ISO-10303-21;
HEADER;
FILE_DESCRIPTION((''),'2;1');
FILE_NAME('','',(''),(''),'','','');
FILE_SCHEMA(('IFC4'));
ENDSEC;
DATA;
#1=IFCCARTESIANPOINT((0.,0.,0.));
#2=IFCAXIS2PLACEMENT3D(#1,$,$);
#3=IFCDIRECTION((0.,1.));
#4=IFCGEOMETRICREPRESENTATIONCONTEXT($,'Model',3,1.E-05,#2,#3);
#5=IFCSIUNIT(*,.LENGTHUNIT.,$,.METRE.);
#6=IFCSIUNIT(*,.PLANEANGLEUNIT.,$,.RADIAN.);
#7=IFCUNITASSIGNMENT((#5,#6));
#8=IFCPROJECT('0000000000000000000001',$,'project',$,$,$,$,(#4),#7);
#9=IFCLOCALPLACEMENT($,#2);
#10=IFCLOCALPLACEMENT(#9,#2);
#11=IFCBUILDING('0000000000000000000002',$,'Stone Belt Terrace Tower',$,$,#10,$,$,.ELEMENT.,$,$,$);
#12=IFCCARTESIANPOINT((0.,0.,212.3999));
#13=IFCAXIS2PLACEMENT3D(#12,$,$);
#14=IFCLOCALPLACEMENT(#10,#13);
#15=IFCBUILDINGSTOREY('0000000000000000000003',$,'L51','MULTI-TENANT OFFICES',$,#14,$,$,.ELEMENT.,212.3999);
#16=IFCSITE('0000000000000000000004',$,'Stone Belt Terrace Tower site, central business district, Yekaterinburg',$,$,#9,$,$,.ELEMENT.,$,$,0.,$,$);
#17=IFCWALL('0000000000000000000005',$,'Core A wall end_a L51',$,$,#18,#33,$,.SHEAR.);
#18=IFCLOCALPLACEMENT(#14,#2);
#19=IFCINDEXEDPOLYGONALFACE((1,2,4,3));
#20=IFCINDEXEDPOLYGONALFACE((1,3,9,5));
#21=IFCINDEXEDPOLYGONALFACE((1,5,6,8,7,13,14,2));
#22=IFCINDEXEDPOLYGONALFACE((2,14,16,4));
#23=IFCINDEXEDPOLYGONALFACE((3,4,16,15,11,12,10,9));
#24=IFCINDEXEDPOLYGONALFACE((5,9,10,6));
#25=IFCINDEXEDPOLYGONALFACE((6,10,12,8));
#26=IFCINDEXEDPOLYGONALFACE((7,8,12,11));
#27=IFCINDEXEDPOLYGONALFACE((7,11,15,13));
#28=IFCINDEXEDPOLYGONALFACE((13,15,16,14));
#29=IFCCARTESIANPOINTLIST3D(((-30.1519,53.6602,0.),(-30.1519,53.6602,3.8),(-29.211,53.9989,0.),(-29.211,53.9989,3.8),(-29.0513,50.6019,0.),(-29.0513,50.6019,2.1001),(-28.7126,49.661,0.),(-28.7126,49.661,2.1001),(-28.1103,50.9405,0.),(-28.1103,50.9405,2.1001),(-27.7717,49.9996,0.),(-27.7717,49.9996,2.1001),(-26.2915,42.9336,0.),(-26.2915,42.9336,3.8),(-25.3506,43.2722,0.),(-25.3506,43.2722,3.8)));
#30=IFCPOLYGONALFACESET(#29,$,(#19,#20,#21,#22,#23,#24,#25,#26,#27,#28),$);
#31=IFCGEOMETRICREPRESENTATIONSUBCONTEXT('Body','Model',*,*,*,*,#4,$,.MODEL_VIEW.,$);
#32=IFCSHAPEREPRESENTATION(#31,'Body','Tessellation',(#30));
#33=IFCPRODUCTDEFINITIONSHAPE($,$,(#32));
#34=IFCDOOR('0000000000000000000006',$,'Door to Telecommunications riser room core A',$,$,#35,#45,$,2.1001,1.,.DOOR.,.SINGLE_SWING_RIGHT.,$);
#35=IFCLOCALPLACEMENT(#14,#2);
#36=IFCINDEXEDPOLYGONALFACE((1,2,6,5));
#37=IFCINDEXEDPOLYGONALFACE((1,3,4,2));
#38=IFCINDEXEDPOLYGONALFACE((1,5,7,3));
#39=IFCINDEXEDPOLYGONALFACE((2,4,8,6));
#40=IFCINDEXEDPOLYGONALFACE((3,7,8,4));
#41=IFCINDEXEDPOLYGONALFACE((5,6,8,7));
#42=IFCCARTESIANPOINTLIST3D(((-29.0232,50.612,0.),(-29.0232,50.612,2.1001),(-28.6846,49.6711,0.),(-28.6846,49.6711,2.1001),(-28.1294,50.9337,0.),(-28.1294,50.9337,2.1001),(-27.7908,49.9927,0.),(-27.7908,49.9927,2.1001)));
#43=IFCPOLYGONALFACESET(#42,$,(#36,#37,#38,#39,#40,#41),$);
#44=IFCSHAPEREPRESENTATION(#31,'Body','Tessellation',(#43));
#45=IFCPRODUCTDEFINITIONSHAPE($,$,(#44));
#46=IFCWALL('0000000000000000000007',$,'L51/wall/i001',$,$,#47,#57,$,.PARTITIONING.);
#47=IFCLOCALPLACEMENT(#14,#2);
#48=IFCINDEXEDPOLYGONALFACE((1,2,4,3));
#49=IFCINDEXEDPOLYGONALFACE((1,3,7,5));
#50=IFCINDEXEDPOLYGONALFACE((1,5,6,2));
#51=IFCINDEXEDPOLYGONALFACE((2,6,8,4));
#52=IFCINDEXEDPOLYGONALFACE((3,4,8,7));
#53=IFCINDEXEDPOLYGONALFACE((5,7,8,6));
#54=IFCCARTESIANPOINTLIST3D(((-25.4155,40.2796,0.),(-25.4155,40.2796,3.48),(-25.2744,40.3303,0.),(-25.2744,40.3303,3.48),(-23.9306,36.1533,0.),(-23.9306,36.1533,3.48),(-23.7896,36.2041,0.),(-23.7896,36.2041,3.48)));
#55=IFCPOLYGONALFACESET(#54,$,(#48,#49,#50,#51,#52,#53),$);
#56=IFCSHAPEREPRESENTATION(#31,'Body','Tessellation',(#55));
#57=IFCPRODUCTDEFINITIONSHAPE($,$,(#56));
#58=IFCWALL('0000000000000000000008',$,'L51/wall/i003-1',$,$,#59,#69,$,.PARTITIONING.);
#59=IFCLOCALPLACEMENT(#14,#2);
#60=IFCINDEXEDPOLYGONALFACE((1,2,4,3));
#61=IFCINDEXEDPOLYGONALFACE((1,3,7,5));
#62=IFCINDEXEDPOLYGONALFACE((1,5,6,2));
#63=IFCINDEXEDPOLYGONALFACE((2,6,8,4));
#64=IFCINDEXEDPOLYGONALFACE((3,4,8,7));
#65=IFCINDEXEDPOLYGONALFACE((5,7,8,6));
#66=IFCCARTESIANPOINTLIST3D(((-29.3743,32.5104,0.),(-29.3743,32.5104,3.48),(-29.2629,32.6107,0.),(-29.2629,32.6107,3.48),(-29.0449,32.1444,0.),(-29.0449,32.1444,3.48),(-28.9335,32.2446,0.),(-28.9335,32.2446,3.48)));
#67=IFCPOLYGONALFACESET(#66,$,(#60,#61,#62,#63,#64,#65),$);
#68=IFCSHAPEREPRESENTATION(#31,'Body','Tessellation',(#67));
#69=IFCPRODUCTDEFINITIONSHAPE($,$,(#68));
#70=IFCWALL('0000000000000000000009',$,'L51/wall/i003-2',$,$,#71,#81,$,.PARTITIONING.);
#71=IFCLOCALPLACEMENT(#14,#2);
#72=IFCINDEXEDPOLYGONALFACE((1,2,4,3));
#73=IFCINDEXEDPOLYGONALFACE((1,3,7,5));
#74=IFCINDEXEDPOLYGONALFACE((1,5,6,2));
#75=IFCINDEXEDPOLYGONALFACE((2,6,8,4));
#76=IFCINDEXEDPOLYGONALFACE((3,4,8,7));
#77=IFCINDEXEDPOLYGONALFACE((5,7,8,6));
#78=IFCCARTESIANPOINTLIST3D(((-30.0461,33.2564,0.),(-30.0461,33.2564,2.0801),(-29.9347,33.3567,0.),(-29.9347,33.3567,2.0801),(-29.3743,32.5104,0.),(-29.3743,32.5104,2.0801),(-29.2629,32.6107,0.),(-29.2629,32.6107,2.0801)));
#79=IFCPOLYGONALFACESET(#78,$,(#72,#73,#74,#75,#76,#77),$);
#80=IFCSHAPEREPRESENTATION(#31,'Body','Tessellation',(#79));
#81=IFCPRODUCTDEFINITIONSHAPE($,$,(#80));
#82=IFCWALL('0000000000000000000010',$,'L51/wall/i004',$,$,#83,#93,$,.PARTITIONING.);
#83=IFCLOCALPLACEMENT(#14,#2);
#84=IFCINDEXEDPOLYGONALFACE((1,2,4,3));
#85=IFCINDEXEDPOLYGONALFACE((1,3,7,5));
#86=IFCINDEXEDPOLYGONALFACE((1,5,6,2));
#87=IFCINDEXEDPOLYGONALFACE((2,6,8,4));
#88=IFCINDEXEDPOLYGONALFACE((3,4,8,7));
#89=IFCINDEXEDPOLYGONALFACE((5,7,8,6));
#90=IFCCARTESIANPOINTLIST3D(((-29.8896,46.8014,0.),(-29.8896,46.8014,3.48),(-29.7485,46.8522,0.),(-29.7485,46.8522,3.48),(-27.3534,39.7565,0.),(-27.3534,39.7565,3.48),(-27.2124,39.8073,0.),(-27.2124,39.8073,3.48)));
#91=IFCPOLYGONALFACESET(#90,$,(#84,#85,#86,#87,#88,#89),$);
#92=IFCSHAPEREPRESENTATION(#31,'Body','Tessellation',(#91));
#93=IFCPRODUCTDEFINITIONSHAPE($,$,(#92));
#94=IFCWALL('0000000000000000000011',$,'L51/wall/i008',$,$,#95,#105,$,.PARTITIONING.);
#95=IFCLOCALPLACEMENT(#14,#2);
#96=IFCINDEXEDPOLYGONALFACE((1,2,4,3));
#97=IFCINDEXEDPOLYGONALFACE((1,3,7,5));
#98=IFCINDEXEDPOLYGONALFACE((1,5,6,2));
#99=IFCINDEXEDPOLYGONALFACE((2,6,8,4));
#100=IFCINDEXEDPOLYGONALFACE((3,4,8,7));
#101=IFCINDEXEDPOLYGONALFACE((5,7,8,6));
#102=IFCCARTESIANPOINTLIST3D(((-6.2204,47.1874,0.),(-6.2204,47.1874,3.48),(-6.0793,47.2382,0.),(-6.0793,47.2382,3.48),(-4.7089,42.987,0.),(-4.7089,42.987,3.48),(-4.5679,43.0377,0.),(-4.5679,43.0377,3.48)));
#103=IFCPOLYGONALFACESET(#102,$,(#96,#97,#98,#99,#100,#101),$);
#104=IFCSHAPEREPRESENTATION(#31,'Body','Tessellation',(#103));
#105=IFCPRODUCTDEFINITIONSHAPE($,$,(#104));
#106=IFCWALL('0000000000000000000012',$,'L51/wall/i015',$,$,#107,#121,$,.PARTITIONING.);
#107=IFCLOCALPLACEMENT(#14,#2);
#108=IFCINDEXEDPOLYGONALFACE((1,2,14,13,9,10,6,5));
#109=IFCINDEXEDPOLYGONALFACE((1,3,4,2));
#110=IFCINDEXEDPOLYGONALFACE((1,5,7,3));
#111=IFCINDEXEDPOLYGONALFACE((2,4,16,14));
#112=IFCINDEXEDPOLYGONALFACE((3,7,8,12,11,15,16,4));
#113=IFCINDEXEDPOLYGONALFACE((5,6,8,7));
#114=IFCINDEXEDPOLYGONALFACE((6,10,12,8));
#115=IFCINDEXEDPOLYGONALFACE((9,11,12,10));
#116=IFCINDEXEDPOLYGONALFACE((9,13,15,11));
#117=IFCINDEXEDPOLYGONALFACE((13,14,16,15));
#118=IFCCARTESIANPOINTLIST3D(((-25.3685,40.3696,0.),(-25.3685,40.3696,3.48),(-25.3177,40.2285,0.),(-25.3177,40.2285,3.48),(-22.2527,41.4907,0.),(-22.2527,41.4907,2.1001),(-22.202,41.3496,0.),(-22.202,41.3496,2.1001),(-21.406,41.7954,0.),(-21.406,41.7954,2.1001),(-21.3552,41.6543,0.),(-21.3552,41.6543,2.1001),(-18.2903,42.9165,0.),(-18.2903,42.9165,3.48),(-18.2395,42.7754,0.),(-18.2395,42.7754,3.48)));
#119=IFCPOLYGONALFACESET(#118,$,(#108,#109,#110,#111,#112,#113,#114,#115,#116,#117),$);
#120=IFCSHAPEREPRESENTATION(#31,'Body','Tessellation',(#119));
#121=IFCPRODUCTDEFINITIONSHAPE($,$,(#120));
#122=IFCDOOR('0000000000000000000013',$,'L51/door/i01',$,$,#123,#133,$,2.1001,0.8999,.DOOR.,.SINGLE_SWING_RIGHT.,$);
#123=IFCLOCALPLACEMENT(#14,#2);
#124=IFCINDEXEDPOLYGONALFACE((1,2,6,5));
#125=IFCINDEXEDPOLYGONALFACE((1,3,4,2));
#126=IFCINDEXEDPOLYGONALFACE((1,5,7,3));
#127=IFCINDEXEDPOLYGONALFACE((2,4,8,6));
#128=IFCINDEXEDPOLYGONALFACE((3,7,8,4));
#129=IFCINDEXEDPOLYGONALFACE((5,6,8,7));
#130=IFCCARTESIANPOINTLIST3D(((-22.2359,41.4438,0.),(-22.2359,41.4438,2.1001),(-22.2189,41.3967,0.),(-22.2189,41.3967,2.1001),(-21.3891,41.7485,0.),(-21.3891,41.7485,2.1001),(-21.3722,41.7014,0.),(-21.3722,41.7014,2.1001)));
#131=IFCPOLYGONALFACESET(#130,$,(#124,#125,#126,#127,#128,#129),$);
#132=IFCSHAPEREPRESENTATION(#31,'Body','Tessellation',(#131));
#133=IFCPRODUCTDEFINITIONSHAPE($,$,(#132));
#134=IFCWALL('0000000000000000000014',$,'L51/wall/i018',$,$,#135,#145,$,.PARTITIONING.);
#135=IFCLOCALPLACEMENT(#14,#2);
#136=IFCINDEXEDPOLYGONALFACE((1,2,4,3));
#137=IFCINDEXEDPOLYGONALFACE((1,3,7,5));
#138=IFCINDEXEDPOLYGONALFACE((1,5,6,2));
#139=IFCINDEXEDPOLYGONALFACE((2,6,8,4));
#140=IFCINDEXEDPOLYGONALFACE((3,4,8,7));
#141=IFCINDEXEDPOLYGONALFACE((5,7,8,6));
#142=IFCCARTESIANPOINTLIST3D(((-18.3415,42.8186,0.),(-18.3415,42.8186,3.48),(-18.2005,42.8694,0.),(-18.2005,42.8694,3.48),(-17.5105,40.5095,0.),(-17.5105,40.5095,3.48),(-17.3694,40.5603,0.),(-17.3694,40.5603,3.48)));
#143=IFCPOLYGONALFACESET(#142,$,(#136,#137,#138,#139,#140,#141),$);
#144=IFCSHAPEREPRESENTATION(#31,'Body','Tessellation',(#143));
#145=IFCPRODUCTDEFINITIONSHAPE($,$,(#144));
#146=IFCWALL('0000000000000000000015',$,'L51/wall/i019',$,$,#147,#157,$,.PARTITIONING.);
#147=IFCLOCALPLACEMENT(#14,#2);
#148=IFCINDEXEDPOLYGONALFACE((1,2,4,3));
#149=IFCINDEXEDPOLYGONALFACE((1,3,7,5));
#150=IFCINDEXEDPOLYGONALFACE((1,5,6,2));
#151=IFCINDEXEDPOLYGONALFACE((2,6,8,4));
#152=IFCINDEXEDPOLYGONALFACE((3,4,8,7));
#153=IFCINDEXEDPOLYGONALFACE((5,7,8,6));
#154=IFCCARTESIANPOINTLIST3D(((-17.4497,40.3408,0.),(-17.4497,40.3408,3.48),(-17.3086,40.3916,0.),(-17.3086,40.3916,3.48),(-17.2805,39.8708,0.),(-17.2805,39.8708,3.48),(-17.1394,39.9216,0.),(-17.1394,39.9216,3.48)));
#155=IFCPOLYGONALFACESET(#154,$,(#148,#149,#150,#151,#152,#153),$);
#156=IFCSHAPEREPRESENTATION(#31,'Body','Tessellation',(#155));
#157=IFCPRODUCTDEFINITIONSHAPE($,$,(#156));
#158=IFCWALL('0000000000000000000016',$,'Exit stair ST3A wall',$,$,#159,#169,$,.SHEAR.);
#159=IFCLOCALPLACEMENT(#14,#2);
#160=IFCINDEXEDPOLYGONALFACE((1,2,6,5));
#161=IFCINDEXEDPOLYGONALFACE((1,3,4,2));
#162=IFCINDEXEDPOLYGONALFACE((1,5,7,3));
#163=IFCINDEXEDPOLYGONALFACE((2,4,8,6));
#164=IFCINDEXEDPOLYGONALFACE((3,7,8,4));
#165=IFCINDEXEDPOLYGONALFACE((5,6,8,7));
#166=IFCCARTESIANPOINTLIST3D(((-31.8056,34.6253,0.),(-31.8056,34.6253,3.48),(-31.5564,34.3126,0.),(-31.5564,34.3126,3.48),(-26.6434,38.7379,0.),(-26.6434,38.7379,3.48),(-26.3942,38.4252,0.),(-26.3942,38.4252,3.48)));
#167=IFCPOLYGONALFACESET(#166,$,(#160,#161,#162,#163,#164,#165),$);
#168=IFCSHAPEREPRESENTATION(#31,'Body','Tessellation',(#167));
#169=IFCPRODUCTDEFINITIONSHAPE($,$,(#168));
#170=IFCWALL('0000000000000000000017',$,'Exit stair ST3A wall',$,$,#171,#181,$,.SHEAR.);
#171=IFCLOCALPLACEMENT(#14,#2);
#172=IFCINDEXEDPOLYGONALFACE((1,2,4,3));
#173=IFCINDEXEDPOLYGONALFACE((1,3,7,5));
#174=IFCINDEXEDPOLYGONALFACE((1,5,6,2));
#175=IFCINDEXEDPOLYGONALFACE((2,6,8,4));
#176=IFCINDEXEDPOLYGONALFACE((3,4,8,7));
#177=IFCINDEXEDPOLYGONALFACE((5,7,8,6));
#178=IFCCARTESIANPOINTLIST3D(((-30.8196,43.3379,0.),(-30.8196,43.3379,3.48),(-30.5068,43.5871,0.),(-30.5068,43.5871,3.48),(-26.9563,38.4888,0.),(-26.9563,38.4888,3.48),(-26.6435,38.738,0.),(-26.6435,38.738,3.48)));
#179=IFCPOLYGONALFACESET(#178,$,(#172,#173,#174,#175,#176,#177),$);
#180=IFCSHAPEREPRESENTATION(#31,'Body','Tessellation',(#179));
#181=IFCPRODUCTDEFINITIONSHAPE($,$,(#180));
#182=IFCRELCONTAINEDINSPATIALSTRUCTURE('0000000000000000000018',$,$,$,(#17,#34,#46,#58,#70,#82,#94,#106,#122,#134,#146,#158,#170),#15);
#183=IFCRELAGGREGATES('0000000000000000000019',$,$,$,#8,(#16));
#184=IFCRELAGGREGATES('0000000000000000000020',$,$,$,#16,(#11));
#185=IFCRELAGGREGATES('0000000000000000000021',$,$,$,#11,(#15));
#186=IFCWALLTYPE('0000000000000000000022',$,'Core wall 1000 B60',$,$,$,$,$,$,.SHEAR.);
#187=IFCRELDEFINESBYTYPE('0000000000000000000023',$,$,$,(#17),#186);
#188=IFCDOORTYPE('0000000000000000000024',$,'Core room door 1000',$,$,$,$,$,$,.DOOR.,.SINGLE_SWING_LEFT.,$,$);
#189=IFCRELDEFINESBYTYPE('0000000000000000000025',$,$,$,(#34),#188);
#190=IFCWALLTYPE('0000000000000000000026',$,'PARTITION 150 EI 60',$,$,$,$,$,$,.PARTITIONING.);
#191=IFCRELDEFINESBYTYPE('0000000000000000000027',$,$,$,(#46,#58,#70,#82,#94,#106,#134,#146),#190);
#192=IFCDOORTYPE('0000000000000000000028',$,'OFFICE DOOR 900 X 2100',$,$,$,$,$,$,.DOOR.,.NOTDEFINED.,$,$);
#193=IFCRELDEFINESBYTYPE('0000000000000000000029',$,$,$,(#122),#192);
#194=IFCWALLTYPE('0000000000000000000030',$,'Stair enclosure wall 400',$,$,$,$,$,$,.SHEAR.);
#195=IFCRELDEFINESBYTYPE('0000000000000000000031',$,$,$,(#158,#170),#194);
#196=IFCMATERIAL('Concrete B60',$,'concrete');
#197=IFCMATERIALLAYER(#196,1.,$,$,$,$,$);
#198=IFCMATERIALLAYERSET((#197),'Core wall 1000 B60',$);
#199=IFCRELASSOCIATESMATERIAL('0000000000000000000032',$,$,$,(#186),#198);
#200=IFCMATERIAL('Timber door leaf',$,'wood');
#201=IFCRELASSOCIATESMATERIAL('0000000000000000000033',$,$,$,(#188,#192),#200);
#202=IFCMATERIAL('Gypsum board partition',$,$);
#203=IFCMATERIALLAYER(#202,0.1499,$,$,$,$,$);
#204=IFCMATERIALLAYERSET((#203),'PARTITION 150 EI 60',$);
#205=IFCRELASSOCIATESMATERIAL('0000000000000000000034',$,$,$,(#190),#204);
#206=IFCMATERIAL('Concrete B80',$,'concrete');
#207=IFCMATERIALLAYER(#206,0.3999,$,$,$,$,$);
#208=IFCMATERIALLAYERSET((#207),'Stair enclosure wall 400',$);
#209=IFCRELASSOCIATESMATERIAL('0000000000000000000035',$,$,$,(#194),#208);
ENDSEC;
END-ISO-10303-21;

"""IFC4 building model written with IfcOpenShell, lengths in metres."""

from ifc_helpers import new_model, si_unit, direction, frame, frame_2d, origin, place, context, subcontext, project, spatial, rectangle, extrude, material, layer, layer_set, type_object, element, fill, save


model = new_model("IFC4")

# Units and contexts
model_context = context("Model", 3, precision=1e-05, world=origin(), true_north=direction((0.0, 1.0)))
body_context = subcontext(model_context, "Body", "Model", "MODEL_VIEW")
ifc_project = project(units=[si_unit("LENGTHUNIT", "METRE"), si_unit("PLANEANGLEUNIT", "RADIAN")], contexts=[model_context])

# Site, building, storey
site_placement = place(None, origin())
site = spatial("IfcSite", under=ifc_project, at=site_placement, Name="Stone Belt Terrace Tower site, central business district, Yekaterinburg", CompositionType="ELEMENT", RefElevation=0.0)
building_placement = place(site_placement, origin())
building = spatial("IfcBuilding", under=site, at=building_placement, Name="Stone Belt Terrace Tower", CompositionType="ELEMENT")
storey_placement = place(building_placement, frame((0.0, 0.0, 212.3999)))
storey = spatial("IfcBuildingStorey", under=building, at=storey_placement, Name="L51", Description="MULTI-TENANT OFFICES", CompositionType="ELEMENT", Elevation=212.3999)

# Shared definitions
ifc_material_1 = material(Name="Concrete B60", Category="concrete")

# Shared definitions
ifc_layer_1 = layer(ifc_material_1, 1.0)
ifc_layer_set_1 = layer_set([ifc_layer_1], Name="Core wall 1000 B60")
wall_type_1 = type_object("IfcWallType", Name="Core wall 1000 B60", PredefinedType="SHEAR", material=ifc_layer_set_1)
ifc_material_2 = material(Name="Timber door leaf", Category="wood")

# Wall, opening, door
wall_1_placement = place(storey_placement, frame((-25.821, 43.1028, 0.0), z_axis=(0.0, 0.0, 1.0), x_axis=(-0.338625, 0.940921, 0.0)))
wall_1 = element("IfcWall", 1, at=wall_1_placement, inside=storey, type_object=wall_type_1, Name="Core A wall end_a L51", PredefinedType="SHEAR", context=body_context, shape_type="SweptSolid", body=[
    extrude(rectangle(XDim=11.4001, YDim=1.0, at=frame_2d((5.7002, 0.0))), origin(), (0.0, 0.0, 1.0), 3.8),
])
opening_1_placement = place(wall_1_placement, frame((7.1499, 0.0, 0.0)))
opening_1 = element("IfcOpeningElement", 2, at=opening_1_placement, cuts=wall_1, PredefinedType="OPENING", context=body_context, shape_type="SweptSolid", body=[
    extrude(rectangle(XDim=1.0, YDim=2.1001, at=frame_2d((0.5, 1.05))), frame((0.0, 0.51, 0.0), z_axis=(0.0, -1.0, 0.0), x_axis=(1.0, 0.0, 0.0)), (0.0, 0.0, 1.0), 1.02),
])
door_type_1 = type_object("IfcDoorType", Name="Core room door 1000", OperationType="SINGLE_SWING_LEFT", PredefinedType="DOOR", material=ifc_material_2)
door_1_placement = place(opening_1_placement, origin())
door_1 = element("IfcDoor", 3, at=door_1_placement, inside=storey, type_object=door_type_1, Name="Door to Telecommunications riser room core A", OperationType="SINGLE_SWING_RIGHT", OverallHeight=2.1001, OverallWidth=1.0, PredefinedType="DOOR", context=body_context, shape_type="SweptSolid", body=[
    extrude(rectangle(XDim=1.0, YDim=2.1001, at=frame_2d((0.5, 1.05))), frame((0.0, 0.4702, 0.0), z_axis=(0.0, -1.0, 0.0), x_axis=(1.0, 0.0, 0.0)), (0.0, 0.0, 1.0), 0.95),
])
fill(opening_1, door_1)

# Walls
ifc_material_3 = material(Name="Gypsum board partition")
ifc_layer_2 = layer(ifc_material_3, 0.1499)
ifc_layer_set_2 = layer_set([ifc_layer_2], Name="PARTITION 150 EI 60")
wall_type_2 = type_object("IfcWallType", Name="PARTITION 150 EI 60", PredefinedType="PARTITIONING", material=ifc_layer_set_2)
wall_2_placement = place(storey_placement, frame((-25.345, 40.3049, 0.0), z_axis=(0.0, 0.0, 1.0), x_axis=(0.338603, -0.940929, 0.0)))
element("IfcWall", 4, at=wall_2_placement, inside=storey, type_object=wall_type_2, Name="L51/wall/i001", PredefinedType="PARTITIONING", context=body_context, shape_type="SweptSolid", body=[
    extrude(rectangle(XDim=4.3853, YDim=0.1499, at=frame_2d((2.1926, 0.0))), origin(), (0.0, 0.0, 1.0), 3.48),
])
wall_3_placement = place(storey_placement, frame((-28.9893, 32.1946, 0.0), z_axis=(0.0, 0.0, 1.0), x_axis=(-0.668937, 0.743319, 0.0)))
element("IfcWall", 5, at=wall_3_placement, inside=storey, type_object=wall_type_2, Name="L51/wall/i003-1", PredefinedType="PARTITIONING", context=body_context, shape_type="SweptSolid", body=[
    extrude(rectangle(XDim=0.4924, YDim=0.1499, at=frame_2d((0.2461, 0.0))), origin(), (0.0, 0.0, 1.0), 3.48),
])
wall_4_placement = place(storey_placement, frame((-29.3186, 32.5605, 0.0), z_axis=(0.0, 0.0, 1.0), x_axis=(-0.66918, 0.743101, 0.0)))
element("IfcWall", 6, at=wall_4_placement, inside=storey, type_object=wall_type_2, Name="L51/wall/i003-2", PredefinedType="PARTITIONING", context=body_context, shape_type="SweptSolid", body=[
    extrude(rectangle(XDim=1.0039, YDim=0.1499, at=frame_2d((0.502, 0.0))), origin(), (0.0, 0.0, 1.0), 2.0801),
])
wall_5_placement = place(storey_placement, frame((-27.283, 39.782, 0.0), z_axis=(0.0, 0.0, 1.0), x_axis=(-0.338715, 0.940889, 0.0)))
element("IfcWall", 7, at=wall_5_placement, inside=storey, type_object=wall_type_2, Name="L51/wall/i004", PredefinedType="PARTITIONING", context=body_context, shape_type="SweptSolid", body=[
    extrude(rectangle(XDim=7.4875, YDim=0.1499, at=frame_2d((3.7437, 0.0))), origin(), (0.0, 0.0, 1.0), 3.48),
])
wall_6_placement = place(storey_placement, frame((-4.6384, 43.0125, 0.0), z_axis=(0.0, 0.0, 1.0), x_axis=(-0.338584, 0.940936, 0.0)))
element("IfcWall", 8, at=wall_6_placement, inside=storey, type_object=wall_type_2, Name="L51/wall/i008", PredefinedType="PARTITIONING", context=body_context, shape_type="SweptSolid", body=[
    extrude(rectangle(XDim=4.4641, YDim=0.1499, at=frame_2d((2.2319, 0.0))), origin(), (0.0, 0.0, 1.0), 3.48),
])

# Wall, opening, door
wall_7_placement = place(storey_placement, frame((-18.2649, 42.8459, 0.0), z_axis=(0.0, 0.0, 1.0), x_axis=(-0.94094, -0.338572, 0.0)))
wall_7 = element("IfcWall", 9, at=wall_7_placement, inside=storey, type_object=wall_type_2, Name="L51/wall/i015", PredefinedType="PARTITIONING", context=body_context, shape_type="SweptSolid", body=[
    extrude(rectangle(XDim=7.5225, YDim=0.1499, at=frame_2d((3.7612, 0.0))), origin(), (0.0, 0.0, 1.0), 3.48),
])
opening_2_placement = place(wall_7_placement, frame((3.3113, 0.0, 0.0)))
opening_2 = element("IfcOpeningElement", 10, at=opening_2_placement, cuts=wall_7, PredefinedType="OPENING", context=body_context, shape_type="SweptSolid", body=[
    extrude(rectangle(XDim=0.8999, YDim=2.1001, at=frame_2d((0.45, 1.05))), frame((0.0, 0.085, 0.0), z_axis=(0.0, -1.0, 0.0), x_axis=(1.0, 0.0, 0.0)), (0.0, 0.0, 1.0), 0.1699),
])
door_type_2 = type_object("IfcDoorType", Name="OFFICE DOOR 900 X 2100", OperationType="NOTDEFINED", PredefinedType="DOOR", material=ifc_material_2)
door_2_placement = place(opening_2_placement, origin())
door_2 = element("IfcDoor", 11, at=door_2_placement, inside=storey, type_object=door_type_2, Name="L51/door/i01", OperationType="SINGLE_SWING_RIGHT", OverallHeight=2.1001, OverallWidth=0.8999, PredefinedType="DOOR", context=body_context, shape_type="SweptSolid", body=[
    extrude(rectangle(XDim=0.8999, YDim=2.1001, at=frame_2d((0.45, 1.05))), frame((0.0, 0.0249, 0.0), z_axis=(0.0, -1.0, 0.0), x_axis=(1.0, 0.0, 0.0)), (0.0, 0.0, 1.0), 0.05),
])
fill(opening_2, door_2)

# Walls
wall_8_placement = place(storey_placement, frame((-18.271, 42.844, 0.0), z_axis=(0.0, 0.0, 1.0), x_axis=(0.338642, -0.940915, 0.0)))
element("IfcWall", 12, at=wall_8_placement, inside=storey, type_object=wall_type_2, Name="L51/wall/i018", PredefinedType="PARTITIONING", context=body_context, shape_type="SweptSolid", body=[
    extrude(rectangle(XDim=2.4541, YDim=0.1499, at=frame_2d((1.2271, 0.0))), origin(), (0.0, 0.0, 1.0), 3.48),
])
wall_9_placement = place(storey_placement, frame((-17.3792, 40.3662, 0.0), z_axis=(0.0, 0.0, 1.0), x_axis=(0.338719, -0.940887, 0.0)))
element("IfcWall", 13, at=wall_9_placement, inside=storey, type_object=wall_type_2, Name="L51/wall/i019", PredefinedType="PARTITIONING", context=body_context, shape_type="SweptSolid", body=[
    extrude(rectangle(XDim=0.4995, YDim=0.1499, at=frame_2d((0.2498, 0.0))), origin(), (0.0, 0.0, 1.0), 3.48),
])
ifc_material_4 = material(Name="Concrete B80", Category="concrete")
ifc_layer_3 = layer(ifc_material_4, 0.3999)
ifc_layer_set_3 = layer_set([ifc_layer_3], Name="Stair enclosure wall 400")
wall_type_3 = type_object("IfcWallType", Name="Stair enclosure wall 400", PredefinedType="SHEAR", material=ifc_layer_set_3)
wall_10_placement = place(storey_placement, frame((-26.5188, 38.5815, 0.0), z_axis=(0.0, 0.0, 1.0), x_axis=(-0.782134, -0.62311, 0.0)))
element("IfcWall", 14, at=wall_10_placement, inside=storey, type_object=wall_type_3, Name="Exit stair ST3A wall", PredefinedType="SHEAR", context=body_context, shape_type="SweptSolid", body=[
    extrude(rectangle(XDim=6.6001, YDim=0.3999, at=frame_2d((3.3, 0.0))), origin(), (0.0, 0.0, 1.0), 3.48),
])
wall_11_placement = place(storey_placement, frame((-26.7998, 38.6133, 0.0), z_axis=(0.0, 0.0, 1.0), x_axis=(-0.623119, 0.782127, 0.0)))
element("IfcWall", 15, at=wall_11_placement, inside=storey, type_object=wall_type_3, Name="Exit stair ST3A wall", PredefinedType="SHEAR", context=body_context, shape_type="SweptSolid", body=[
    extrude(rectangle(XDim=6.2, YDim=0.3999, at=frame_2d((3.1001, 0.0))), origin(), (0.0, 0.0, 1.0), 3.48),
])

save(model, "model.ifc")
